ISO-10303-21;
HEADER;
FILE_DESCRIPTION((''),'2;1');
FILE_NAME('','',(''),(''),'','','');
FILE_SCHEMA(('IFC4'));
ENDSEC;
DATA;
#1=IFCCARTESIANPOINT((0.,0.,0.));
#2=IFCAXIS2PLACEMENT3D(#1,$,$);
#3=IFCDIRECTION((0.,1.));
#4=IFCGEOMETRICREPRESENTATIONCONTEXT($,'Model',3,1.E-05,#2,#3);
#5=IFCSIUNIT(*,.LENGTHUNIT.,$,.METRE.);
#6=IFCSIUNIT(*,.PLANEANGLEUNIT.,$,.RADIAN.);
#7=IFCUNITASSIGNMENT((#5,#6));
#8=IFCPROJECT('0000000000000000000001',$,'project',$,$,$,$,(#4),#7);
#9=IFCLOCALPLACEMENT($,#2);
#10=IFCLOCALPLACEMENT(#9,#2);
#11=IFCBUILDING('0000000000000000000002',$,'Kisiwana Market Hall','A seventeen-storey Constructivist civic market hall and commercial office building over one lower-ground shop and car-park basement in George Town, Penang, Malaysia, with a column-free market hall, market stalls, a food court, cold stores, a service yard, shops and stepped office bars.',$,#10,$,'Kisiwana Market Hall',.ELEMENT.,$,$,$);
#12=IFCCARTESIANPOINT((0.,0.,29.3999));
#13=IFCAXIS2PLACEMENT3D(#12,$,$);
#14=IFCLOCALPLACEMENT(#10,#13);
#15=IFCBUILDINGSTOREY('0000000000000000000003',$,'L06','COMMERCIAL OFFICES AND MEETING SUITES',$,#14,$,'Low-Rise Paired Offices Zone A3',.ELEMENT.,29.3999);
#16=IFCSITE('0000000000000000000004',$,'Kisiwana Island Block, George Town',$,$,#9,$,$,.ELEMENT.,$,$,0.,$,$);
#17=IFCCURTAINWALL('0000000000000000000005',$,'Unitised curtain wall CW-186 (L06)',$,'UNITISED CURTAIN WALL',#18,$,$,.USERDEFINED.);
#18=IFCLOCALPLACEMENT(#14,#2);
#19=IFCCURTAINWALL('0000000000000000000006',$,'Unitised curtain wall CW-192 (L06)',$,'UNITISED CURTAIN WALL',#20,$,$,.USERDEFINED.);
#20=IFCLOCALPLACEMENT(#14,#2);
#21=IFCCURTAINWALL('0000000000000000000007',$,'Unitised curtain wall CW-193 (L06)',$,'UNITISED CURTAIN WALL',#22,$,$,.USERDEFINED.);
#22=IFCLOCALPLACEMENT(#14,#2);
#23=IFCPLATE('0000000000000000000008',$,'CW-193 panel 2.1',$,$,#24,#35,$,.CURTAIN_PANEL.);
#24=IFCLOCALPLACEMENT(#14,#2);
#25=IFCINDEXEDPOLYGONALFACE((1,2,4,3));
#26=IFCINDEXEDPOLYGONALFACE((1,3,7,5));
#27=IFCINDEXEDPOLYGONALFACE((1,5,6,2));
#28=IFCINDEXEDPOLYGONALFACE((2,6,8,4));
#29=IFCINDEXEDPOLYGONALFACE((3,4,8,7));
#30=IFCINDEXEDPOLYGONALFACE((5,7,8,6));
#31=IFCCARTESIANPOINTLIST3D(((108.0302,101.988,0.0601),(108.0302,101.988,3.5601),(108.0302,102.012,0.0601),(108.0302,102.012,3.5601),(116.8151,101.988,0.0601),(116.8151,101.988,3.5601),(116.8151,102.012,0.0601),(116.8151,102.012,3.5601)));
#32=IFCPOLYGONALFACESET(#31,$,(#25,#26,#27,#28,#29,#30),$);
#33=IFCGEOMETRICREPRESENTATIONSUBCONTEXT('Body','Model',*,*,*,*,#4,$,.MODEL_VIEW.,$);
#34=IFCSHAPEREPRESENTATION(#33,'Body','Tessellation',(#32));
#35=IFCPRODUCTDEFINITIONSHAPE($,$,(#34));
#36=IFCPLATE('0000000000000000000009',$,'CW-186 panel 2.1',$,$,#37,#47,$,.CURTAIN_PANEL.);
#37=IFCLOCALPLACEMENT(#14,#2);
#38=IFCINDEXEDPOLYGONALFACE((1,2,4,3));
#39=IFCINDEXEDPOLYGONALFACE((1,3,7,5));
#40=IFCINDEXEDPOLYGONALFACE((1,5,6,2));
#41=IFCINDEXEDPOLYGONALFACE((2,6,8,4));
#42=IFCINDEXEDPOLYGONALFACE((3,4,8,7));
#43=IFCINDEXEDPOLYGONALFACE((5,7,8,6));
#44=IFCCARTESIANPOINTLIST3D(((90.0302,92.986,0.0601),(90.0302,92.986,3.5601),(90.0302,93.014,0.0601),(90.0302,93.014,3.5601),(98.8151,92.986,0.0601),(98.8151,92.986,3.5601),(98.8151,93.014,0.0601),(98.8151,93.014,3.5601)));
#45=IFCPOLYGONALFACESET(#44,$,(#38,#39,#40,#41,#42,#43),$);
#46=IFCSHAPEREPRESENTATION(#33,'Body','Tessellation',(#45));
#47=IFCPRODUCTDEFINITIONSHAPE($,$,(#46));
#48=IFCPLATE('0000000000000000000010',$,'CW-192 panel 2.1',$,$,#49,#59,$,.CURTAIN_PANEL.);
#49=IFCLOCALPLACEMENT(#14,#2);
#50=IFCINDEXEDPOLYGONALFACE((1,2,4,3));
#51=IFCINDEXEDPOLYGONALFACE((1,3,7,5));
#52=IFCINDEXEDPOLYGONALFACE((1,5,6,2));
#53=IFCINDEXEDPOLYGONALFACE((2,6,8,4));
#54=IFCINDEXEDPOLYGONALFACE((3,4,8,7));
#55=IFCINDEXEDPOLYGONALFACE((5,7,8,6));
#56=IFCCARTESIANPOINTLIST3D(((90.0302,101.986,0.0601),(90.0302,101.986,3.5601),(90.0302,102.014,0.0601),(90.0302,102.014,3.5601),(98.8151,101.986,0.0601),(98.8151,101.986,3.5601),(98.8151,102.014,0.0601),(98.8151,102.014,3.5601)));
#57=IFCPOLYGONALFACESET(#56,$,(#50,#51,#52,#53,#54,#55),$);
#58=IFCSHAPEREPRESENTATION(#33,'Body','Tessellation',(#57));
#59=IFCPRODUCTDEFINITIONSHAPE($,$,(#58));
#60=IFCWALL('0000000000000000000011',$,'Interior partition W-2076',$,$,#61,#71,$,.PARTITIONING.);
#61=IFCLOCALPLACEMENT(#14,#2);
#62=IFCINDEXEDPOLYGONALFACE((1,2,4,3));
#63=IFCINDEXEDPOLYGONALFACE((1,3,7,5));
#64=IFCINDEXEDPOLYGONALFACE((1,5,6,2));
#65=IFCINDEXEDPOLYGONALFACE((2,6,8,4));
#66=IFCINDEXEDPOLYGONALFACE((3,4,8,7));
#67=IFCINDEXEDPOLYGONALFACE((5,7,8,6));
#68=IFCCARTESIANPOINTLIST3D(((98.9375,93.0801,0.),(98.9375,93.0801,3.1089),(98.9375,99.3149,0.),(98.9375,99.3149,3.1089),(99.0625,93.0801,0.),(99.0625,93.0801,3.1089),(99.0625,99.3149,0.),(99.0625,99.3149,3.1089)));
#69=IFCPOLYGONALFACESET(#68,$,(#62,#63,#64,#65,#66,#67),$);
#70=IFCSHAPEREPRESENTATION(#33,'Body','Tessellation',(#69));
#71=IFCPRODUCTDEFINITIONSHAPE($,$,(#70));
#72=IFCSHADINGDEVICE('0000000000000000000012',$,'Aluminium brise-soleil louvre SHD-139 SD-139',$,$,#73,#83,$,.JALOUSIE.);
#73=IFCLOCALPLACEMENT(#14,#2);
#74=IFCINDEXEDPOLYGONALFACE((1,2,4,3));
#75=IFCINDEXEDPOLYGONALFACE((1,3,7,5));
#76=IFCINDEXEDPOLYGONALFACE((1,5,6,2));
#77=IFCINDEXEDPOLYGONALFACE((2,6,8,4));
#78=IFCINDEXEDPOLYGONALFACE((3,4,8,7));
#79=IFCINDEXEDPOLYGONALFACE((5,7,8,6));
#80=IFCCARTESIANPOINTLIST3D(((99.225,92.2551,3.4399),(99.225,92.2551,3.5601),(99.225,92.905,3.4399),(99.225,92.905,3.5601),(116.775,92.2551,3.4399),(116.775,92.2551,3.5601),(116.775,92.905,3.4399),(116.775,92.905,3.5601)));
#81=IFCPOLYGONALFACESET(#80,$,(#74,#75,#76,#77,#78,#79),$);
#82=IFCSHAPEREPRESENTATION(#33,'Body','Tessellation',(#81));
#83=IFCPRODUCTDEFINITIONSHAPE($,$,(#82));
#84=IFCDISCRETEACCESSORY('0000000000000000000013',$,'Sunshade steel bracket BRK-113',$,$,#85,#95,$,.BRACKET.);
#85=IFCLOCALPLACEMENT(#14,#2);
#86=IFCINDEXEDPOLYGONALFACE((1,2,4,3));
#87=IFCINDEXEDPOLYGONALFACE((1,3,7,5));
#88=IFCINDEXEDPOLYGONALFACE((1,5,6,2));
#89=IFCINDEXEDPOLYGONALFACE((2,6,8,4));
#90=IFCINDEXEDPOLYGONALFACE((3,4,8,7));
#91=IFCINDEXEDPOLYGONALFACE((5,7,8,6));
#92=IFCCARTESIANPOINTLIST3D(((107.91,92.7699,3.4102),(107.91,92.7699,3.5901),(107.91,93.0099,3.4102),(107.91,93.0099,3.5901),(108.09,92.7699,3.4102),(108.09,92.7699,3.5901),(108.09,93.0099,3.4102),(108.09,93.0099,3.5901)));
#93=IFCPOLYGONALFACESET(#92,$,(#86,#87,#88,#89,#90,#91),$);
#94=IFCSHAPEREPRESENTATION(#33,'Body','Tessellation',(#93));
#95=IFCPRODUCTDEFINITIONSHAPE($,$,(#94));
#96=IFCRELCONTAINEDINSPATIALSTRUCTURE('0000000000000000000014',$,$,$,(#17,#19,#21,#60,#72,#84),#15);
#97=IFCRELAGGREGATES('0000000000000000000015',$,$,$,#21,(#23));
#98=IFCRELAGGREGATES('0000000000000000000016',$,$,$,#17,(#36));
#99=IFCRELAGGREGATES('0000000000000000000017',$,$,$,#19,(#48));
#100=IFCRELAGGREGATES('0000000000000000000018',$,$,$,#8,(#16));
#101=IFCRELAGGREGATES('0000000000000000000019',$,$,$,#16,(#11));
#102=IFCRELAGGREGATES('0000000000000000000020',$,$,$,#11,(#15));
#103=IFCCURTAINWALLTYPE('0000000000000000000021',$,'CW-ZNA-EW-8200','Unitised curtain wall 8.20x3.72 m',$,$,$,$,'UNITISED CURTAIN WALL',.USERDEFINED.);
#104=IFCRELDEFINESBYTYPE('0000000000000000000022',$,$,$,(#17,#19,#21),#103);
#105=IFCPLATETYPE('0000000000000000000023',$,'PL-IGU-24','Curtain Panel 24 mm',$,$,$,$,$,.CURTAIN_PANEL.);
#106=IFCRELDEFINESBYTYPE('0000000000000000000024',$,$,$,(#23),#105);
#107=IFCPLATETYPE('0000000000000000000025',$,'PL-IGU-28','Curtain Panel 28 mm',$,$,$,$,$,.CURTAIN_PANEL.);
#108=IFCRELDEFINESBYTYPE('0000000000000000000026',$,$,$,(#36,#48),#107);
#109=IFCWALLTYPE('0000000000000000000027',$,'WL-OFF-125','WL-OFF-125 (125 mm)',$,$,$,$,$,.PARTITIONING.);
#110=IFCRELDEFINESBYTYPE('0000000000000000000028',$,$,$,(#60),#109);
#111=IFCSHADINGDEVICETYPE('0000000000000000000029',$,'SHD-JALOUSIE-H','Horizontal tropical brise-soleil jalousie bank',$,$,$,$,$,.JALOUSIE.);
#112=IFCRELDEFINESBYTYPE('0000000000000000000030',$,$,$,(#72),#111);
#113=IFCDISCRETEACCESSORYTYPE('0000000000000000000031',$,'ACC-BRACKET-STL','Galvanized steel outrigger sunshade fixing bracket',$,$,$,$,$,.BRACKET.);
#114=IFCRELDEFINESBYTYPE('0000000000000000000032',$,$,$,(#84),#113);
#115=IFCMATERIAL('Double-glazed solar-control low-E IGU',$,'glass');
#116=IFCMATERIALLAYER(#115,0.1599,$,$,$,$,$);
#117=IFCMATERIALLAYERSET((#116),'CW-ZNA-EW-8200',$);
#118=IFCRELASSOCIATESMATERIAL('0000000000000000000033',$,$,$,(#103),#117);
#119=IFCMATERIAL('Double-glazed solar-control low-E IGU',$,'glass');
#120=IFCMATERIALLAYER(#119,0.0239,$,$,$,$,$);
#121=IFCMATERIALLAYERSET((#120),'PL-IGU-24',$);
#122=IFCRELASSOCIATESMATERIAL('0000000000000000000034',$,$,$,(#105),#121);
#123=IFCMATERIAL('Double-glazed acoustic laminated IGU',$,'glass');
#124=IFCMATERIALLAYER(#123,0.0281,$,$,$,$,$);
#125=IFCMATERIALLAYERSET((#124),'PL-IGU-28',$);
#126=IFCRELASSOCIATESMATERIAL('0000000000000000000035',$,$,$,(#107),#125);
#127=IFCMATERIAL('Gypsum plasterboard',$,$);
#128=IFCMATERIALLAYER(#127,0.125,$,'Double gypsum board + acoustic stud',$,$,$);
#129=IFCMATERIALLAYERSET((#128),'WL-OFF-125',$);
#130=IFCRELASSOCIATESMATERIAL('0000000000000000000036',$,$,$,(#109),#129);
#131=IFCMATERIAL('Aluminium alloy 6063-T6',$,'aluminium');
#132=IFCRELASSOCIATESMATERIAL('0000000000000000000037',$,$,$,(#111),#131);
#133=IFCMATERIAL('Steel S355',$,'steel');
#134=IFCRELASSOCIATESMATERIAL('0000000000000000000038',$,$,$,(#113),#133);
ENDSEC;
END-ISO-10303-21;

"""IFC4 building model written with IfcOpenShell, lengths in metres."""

from ifc_helpers import new_model, si_unit, direction, frame, frame_2d, origin, origin_2d, place, context, subcontext, project, spatial, rectangle, extrude, material, layer, layer_set, type_object, element, aggregate, save


model = new_model("IFC4")

# Units and contexts
model_context = context("Model", 3, precision=1e-05, world=origin(), true_north=direction((0.0, 1.0)))
body_context = subcontext(model_context, "Body", "Model", "MODEL_VIEW")
ifc_project = project(units=[si_unit("LENGTHUNIT", "METRE"), si_unit("PLANEANGLEUNIT", "RADIAN")], contexts=[model_context])

# Site, building, storey
site_placement = place(None, origin())
site = spatial("IfcSite", under=ifc_project, at=site_placement, Name="Kisiwana Island Block, George Town", CompositionType="ELEMENT", RefElevation=0.0)
building_placement = place(site_placement, origin())
building = spatial("IfcBuilding", under=site, at=building_placement, Name="Kisiwana Market Hall", Description="A seventeen-storey Constructivist civic market hall and commercial office building over one lower-ground shop and car-park basement in George Town, Penang, Malaysia, with a column-free market hall, market stalls, a food court, cold stores, a service yard, shops and stepped office bars.", LongName="Kisiwana Market Hall", CompositionType="ELEMENT")
storey_placement = place(building_placement, frame((0.0, 0.0, 29.3999)))
storey = spatial("IfcBuildingStorey", under=building, at=storey_placement, Name="L06", Description="COMMERCIAL OFFICES AND MEETING SUITES", LongName="Low-Rise Paired Offices Zone A3", CompositionType="ELEMENT", Elevation=29.3999)

# Curtain wall
ifc_material_1 = material(Name="Double-glazed solar-control low-E IGU", Category="glass")
ifc_layer_1 = layer(ifc_material_1, 0.1599)
ifc_layer_set_1 = layer_set([ifc_layer_1], Name="CW-ZNA-EW-8200")
curtain_wall_type = type_object("IfcCurtainWallType", Name="CW-ZNA-EW-8200", Description="Unitised curtain wall 8.20x3.72 m", ElementType="UNITISED CURTAIN WALL", PredefinedType="USERDEFINED", material=ifc_layer_set_1)
curtain_wall_1_placement = place(storey_placement, origin())
curtain_wall_1 = element("IfcCurtainWall", 1, at=curtain_wall_1_placement, inside=storey, type_object=curtain_wall_type, Name="Unitised curtain wall CW-186 (L06)", ObjectType="UNITISED CURTAIN WALL", PredefinedType="USERDEFINED")

# Curtain wall
curtain_wall_2_placement = place(storey_placement, origin())
curtain_wall_2 = element("IfcCurtainWall", 2, at=curtain_wall_2_placement, inside=storey, type_object=curtain_wall_type, Name="Unitised curtain wall CW-192 (L06)", ObjectType="UNITISED CURTAIN WALL", PredefinedType="USERDEFINED")

# Curtain wall
curtain_wall_3_placement = place(storey_placement, origin())
curtain_wall_3 = element("IfcCurtainWall", 3, at=curtain_wall_3_placement, inside=storey, type_object=curtain_wall_type, Name="Unitised curtain wall CW-193 (L06)", ObjectType="UNITISED CURTAIN WALL", PredefinedType="USERDEFINED")

# Plates
ifc_material_2 = material(Name="Double-glazed solar-control low-E IGU", Category="glass")
ifc_layer_2 = layer(ifc_material_2, 0.0239)
ifc_layer_set_2 = layer_set([ifc_layer_2], Name="PL-IGU-24")
plate_type_1 = type_object("IfcPlateType", Name="PL-IGU-24", Description="Curtain Panel 24 mm", PredefinedType="CURTAIN_PANEL", material=ifc_layer_set_2)
plate_1_placement = place(storey_placement, frame((112.4226, 102.0, 0.0601), z_axis=(0.0, 0.0, 1.0), x_axis=(1.0, 0.0, 0.0)))
plate_1 = element("IfcPlate", 4, at=plate_1_placement, type_object=plate_type_1, Name="CW-193 panel 2.1", PredefinedType="CURTAIN_PANEL", context=body_context, shape_type="SweptSolid", body=[
    extrude(rectangle(XDim=8.7849, YDim=0.0239, at=origin_2d()), origin(), (0.0, 0.0, 1.0), 3.5),
])
aggregate(curtain_wall_3, [plate_1])
ifc_material_3 = material(Name="Double-glazed acoustic laminated IGU", Category="glass")
ifc_layer_3 = layer(ifc_material_3, 0.0281)
ifc_layer_set_3 = layer_set([ifc_layer_3], Name="PL-IGU-28")
plate_type_2 = type_object("IfcPlateType", Name="PL-IGU-28", Description="Curtain Panel 28 mm", PredefinedType="CURTAIN_PANEL", material=ifc_layer_set_3)
plate_2_placement = place(storey_placement, frame((94.4226, 93.0, 0.0601), z_axis=(0.0, 0.0, 1.0), x_axis=(1.0, 0.0, 0.0)))
plate_2 = element("IfcPlate", 5, at=plate_2_placement, type_object=plate_type_2, Name="CW-186 panel 2.1", PredefinedType="CURTAIN_PANEL", context=body_context, shape_type="SweptSolid", body=[
    extrude(rectangle(XDim=8.7849, YDim=0.0281, at=origin_2d()), origin(), (0.0, 0.0, 1.0), 3.5),
])
aggregate(curtain_wall_1, [plate_2])
plate_3_placement = place(storey_placement, frame((94.4226, 102.0, 0.0601), z_axis=(0.0, 0.0, 1.0), x_axis=(1.0, 0.0, 0.0)))
plate_3 = element("IfcPlate", 6, at=plate_3_placement, type_object=plate_type_2, Name="CW-192 panel 2.1", PredefinedType="CURTAIN_PANEL", context=body_context, shape_type="SweptSolid", body=[
    extrude(rectangle(XDim=8.7849, YDim=0.0281, at=origin_2d()), origin(), (0.0, 0.0, 1.0), 3.5),
])
aggregate(curtain_wall_2, [plate_3])

# Wall
ifc_material_4 = material(Name="Gypsum plasterboard")
ifc_layer_4 = layer(ifc_material_4, 0.125, Name="Double gypsum board + acoustic stud")
ifc_layer_set_4 = layer_set([ifc_layer_4], Name="WL-OFF-125")
wall_type = type_object("IfcWallType", Name="WL-OFF-125", Description="WL-OFF-125 (125 mm)", PredefinedType="PARTITIONING", material=ifc_layer_set_4)
wall_placement = place(storey_placement, frame((99.0, 93.0801, 0.0), z_axis=(0.0, 0.0, 1.0), x_axis=(0.0, 1.0, 0.0)))
element("IfcWall", 7, at=wall_placement, inside=storey, type_object=wall_type, Name="Interior partition W-2076", PredefinedType="PARTITIONING", context=body_context, shape_type="SweptSolid", body=[
    extrude(rectangle(XDim=6.2349, YDim=0.125, at=frame_2d((3.1174, 0.0))), origin(), (0.0, 0.0, 1.0), 3.1089),
])

# Shading device
ifc_material_5 = material(Name="Aluminium alloy 6063-T6", Category="aluminium")
shading_device_type = type_object("IfcShadingDeviceType", Name="SHD-JALOUSIE-H", Description="Horizontal tropical brise-soleil jalousie bank", PredefinedType="JALOUSIE", material=ifc_material_5)
shading_device_placement = place(storey_placement, frame((108.0, 92.5801, 3.4399), z_axis=(0.0, 0.0, 1.0), x_axis=(1.0, 0.0, 0.0)))
element("IfcShadingDevice", 8, at=shading_device_placement, inside=storey, type_object=shading_device_type, Name="Aluminium brise-soleil louvre SHD-139 SD-139", PredefinedType="JALOUSIE", context=body_context, shape_type="SweptSolid", body=[
    extrude(rectangle(XDim=17.55, YDim=0.6499, at=origin_2d()), origin(), (0.0, 0.0, 1.0), 0.1201),
])

# Discrete accessory
ifc_material_6 = material(Name="Steel S355", Category="steel")
discrete_accessory_type = type_object("IfcDiscreteAccessoryType", Name="ACC-BRACKET-STL", Description="Galvanized steel outrigger sunshade fixing bracket", PredefinedType="BRACKET", material=ifc_material_6)
discrete_accessory_placement = place(storey_placement, frame((108.0, 92.8899, 3.4102), z_axis=(0.0, 0.0, 1.0), x_axis=(1.0, 0.0, 0.0)))
element("IfcDiscreteAccessory", 9, at=discrete_accessory_placement, inside=storey, type_object=discrete_accessory_type, Name="Sunshade steel bracket BRK-113", PredefinedType="BRACKET", context=body_context, shape_type="SweptSolid", body=[
    extrude(rectangle(XDim=0.1799, YDim=0.24, at=origin_2d()), origin(), (0.0, 0.0, 1.0), 0.1799),
])

save(model, "model.ifc")
